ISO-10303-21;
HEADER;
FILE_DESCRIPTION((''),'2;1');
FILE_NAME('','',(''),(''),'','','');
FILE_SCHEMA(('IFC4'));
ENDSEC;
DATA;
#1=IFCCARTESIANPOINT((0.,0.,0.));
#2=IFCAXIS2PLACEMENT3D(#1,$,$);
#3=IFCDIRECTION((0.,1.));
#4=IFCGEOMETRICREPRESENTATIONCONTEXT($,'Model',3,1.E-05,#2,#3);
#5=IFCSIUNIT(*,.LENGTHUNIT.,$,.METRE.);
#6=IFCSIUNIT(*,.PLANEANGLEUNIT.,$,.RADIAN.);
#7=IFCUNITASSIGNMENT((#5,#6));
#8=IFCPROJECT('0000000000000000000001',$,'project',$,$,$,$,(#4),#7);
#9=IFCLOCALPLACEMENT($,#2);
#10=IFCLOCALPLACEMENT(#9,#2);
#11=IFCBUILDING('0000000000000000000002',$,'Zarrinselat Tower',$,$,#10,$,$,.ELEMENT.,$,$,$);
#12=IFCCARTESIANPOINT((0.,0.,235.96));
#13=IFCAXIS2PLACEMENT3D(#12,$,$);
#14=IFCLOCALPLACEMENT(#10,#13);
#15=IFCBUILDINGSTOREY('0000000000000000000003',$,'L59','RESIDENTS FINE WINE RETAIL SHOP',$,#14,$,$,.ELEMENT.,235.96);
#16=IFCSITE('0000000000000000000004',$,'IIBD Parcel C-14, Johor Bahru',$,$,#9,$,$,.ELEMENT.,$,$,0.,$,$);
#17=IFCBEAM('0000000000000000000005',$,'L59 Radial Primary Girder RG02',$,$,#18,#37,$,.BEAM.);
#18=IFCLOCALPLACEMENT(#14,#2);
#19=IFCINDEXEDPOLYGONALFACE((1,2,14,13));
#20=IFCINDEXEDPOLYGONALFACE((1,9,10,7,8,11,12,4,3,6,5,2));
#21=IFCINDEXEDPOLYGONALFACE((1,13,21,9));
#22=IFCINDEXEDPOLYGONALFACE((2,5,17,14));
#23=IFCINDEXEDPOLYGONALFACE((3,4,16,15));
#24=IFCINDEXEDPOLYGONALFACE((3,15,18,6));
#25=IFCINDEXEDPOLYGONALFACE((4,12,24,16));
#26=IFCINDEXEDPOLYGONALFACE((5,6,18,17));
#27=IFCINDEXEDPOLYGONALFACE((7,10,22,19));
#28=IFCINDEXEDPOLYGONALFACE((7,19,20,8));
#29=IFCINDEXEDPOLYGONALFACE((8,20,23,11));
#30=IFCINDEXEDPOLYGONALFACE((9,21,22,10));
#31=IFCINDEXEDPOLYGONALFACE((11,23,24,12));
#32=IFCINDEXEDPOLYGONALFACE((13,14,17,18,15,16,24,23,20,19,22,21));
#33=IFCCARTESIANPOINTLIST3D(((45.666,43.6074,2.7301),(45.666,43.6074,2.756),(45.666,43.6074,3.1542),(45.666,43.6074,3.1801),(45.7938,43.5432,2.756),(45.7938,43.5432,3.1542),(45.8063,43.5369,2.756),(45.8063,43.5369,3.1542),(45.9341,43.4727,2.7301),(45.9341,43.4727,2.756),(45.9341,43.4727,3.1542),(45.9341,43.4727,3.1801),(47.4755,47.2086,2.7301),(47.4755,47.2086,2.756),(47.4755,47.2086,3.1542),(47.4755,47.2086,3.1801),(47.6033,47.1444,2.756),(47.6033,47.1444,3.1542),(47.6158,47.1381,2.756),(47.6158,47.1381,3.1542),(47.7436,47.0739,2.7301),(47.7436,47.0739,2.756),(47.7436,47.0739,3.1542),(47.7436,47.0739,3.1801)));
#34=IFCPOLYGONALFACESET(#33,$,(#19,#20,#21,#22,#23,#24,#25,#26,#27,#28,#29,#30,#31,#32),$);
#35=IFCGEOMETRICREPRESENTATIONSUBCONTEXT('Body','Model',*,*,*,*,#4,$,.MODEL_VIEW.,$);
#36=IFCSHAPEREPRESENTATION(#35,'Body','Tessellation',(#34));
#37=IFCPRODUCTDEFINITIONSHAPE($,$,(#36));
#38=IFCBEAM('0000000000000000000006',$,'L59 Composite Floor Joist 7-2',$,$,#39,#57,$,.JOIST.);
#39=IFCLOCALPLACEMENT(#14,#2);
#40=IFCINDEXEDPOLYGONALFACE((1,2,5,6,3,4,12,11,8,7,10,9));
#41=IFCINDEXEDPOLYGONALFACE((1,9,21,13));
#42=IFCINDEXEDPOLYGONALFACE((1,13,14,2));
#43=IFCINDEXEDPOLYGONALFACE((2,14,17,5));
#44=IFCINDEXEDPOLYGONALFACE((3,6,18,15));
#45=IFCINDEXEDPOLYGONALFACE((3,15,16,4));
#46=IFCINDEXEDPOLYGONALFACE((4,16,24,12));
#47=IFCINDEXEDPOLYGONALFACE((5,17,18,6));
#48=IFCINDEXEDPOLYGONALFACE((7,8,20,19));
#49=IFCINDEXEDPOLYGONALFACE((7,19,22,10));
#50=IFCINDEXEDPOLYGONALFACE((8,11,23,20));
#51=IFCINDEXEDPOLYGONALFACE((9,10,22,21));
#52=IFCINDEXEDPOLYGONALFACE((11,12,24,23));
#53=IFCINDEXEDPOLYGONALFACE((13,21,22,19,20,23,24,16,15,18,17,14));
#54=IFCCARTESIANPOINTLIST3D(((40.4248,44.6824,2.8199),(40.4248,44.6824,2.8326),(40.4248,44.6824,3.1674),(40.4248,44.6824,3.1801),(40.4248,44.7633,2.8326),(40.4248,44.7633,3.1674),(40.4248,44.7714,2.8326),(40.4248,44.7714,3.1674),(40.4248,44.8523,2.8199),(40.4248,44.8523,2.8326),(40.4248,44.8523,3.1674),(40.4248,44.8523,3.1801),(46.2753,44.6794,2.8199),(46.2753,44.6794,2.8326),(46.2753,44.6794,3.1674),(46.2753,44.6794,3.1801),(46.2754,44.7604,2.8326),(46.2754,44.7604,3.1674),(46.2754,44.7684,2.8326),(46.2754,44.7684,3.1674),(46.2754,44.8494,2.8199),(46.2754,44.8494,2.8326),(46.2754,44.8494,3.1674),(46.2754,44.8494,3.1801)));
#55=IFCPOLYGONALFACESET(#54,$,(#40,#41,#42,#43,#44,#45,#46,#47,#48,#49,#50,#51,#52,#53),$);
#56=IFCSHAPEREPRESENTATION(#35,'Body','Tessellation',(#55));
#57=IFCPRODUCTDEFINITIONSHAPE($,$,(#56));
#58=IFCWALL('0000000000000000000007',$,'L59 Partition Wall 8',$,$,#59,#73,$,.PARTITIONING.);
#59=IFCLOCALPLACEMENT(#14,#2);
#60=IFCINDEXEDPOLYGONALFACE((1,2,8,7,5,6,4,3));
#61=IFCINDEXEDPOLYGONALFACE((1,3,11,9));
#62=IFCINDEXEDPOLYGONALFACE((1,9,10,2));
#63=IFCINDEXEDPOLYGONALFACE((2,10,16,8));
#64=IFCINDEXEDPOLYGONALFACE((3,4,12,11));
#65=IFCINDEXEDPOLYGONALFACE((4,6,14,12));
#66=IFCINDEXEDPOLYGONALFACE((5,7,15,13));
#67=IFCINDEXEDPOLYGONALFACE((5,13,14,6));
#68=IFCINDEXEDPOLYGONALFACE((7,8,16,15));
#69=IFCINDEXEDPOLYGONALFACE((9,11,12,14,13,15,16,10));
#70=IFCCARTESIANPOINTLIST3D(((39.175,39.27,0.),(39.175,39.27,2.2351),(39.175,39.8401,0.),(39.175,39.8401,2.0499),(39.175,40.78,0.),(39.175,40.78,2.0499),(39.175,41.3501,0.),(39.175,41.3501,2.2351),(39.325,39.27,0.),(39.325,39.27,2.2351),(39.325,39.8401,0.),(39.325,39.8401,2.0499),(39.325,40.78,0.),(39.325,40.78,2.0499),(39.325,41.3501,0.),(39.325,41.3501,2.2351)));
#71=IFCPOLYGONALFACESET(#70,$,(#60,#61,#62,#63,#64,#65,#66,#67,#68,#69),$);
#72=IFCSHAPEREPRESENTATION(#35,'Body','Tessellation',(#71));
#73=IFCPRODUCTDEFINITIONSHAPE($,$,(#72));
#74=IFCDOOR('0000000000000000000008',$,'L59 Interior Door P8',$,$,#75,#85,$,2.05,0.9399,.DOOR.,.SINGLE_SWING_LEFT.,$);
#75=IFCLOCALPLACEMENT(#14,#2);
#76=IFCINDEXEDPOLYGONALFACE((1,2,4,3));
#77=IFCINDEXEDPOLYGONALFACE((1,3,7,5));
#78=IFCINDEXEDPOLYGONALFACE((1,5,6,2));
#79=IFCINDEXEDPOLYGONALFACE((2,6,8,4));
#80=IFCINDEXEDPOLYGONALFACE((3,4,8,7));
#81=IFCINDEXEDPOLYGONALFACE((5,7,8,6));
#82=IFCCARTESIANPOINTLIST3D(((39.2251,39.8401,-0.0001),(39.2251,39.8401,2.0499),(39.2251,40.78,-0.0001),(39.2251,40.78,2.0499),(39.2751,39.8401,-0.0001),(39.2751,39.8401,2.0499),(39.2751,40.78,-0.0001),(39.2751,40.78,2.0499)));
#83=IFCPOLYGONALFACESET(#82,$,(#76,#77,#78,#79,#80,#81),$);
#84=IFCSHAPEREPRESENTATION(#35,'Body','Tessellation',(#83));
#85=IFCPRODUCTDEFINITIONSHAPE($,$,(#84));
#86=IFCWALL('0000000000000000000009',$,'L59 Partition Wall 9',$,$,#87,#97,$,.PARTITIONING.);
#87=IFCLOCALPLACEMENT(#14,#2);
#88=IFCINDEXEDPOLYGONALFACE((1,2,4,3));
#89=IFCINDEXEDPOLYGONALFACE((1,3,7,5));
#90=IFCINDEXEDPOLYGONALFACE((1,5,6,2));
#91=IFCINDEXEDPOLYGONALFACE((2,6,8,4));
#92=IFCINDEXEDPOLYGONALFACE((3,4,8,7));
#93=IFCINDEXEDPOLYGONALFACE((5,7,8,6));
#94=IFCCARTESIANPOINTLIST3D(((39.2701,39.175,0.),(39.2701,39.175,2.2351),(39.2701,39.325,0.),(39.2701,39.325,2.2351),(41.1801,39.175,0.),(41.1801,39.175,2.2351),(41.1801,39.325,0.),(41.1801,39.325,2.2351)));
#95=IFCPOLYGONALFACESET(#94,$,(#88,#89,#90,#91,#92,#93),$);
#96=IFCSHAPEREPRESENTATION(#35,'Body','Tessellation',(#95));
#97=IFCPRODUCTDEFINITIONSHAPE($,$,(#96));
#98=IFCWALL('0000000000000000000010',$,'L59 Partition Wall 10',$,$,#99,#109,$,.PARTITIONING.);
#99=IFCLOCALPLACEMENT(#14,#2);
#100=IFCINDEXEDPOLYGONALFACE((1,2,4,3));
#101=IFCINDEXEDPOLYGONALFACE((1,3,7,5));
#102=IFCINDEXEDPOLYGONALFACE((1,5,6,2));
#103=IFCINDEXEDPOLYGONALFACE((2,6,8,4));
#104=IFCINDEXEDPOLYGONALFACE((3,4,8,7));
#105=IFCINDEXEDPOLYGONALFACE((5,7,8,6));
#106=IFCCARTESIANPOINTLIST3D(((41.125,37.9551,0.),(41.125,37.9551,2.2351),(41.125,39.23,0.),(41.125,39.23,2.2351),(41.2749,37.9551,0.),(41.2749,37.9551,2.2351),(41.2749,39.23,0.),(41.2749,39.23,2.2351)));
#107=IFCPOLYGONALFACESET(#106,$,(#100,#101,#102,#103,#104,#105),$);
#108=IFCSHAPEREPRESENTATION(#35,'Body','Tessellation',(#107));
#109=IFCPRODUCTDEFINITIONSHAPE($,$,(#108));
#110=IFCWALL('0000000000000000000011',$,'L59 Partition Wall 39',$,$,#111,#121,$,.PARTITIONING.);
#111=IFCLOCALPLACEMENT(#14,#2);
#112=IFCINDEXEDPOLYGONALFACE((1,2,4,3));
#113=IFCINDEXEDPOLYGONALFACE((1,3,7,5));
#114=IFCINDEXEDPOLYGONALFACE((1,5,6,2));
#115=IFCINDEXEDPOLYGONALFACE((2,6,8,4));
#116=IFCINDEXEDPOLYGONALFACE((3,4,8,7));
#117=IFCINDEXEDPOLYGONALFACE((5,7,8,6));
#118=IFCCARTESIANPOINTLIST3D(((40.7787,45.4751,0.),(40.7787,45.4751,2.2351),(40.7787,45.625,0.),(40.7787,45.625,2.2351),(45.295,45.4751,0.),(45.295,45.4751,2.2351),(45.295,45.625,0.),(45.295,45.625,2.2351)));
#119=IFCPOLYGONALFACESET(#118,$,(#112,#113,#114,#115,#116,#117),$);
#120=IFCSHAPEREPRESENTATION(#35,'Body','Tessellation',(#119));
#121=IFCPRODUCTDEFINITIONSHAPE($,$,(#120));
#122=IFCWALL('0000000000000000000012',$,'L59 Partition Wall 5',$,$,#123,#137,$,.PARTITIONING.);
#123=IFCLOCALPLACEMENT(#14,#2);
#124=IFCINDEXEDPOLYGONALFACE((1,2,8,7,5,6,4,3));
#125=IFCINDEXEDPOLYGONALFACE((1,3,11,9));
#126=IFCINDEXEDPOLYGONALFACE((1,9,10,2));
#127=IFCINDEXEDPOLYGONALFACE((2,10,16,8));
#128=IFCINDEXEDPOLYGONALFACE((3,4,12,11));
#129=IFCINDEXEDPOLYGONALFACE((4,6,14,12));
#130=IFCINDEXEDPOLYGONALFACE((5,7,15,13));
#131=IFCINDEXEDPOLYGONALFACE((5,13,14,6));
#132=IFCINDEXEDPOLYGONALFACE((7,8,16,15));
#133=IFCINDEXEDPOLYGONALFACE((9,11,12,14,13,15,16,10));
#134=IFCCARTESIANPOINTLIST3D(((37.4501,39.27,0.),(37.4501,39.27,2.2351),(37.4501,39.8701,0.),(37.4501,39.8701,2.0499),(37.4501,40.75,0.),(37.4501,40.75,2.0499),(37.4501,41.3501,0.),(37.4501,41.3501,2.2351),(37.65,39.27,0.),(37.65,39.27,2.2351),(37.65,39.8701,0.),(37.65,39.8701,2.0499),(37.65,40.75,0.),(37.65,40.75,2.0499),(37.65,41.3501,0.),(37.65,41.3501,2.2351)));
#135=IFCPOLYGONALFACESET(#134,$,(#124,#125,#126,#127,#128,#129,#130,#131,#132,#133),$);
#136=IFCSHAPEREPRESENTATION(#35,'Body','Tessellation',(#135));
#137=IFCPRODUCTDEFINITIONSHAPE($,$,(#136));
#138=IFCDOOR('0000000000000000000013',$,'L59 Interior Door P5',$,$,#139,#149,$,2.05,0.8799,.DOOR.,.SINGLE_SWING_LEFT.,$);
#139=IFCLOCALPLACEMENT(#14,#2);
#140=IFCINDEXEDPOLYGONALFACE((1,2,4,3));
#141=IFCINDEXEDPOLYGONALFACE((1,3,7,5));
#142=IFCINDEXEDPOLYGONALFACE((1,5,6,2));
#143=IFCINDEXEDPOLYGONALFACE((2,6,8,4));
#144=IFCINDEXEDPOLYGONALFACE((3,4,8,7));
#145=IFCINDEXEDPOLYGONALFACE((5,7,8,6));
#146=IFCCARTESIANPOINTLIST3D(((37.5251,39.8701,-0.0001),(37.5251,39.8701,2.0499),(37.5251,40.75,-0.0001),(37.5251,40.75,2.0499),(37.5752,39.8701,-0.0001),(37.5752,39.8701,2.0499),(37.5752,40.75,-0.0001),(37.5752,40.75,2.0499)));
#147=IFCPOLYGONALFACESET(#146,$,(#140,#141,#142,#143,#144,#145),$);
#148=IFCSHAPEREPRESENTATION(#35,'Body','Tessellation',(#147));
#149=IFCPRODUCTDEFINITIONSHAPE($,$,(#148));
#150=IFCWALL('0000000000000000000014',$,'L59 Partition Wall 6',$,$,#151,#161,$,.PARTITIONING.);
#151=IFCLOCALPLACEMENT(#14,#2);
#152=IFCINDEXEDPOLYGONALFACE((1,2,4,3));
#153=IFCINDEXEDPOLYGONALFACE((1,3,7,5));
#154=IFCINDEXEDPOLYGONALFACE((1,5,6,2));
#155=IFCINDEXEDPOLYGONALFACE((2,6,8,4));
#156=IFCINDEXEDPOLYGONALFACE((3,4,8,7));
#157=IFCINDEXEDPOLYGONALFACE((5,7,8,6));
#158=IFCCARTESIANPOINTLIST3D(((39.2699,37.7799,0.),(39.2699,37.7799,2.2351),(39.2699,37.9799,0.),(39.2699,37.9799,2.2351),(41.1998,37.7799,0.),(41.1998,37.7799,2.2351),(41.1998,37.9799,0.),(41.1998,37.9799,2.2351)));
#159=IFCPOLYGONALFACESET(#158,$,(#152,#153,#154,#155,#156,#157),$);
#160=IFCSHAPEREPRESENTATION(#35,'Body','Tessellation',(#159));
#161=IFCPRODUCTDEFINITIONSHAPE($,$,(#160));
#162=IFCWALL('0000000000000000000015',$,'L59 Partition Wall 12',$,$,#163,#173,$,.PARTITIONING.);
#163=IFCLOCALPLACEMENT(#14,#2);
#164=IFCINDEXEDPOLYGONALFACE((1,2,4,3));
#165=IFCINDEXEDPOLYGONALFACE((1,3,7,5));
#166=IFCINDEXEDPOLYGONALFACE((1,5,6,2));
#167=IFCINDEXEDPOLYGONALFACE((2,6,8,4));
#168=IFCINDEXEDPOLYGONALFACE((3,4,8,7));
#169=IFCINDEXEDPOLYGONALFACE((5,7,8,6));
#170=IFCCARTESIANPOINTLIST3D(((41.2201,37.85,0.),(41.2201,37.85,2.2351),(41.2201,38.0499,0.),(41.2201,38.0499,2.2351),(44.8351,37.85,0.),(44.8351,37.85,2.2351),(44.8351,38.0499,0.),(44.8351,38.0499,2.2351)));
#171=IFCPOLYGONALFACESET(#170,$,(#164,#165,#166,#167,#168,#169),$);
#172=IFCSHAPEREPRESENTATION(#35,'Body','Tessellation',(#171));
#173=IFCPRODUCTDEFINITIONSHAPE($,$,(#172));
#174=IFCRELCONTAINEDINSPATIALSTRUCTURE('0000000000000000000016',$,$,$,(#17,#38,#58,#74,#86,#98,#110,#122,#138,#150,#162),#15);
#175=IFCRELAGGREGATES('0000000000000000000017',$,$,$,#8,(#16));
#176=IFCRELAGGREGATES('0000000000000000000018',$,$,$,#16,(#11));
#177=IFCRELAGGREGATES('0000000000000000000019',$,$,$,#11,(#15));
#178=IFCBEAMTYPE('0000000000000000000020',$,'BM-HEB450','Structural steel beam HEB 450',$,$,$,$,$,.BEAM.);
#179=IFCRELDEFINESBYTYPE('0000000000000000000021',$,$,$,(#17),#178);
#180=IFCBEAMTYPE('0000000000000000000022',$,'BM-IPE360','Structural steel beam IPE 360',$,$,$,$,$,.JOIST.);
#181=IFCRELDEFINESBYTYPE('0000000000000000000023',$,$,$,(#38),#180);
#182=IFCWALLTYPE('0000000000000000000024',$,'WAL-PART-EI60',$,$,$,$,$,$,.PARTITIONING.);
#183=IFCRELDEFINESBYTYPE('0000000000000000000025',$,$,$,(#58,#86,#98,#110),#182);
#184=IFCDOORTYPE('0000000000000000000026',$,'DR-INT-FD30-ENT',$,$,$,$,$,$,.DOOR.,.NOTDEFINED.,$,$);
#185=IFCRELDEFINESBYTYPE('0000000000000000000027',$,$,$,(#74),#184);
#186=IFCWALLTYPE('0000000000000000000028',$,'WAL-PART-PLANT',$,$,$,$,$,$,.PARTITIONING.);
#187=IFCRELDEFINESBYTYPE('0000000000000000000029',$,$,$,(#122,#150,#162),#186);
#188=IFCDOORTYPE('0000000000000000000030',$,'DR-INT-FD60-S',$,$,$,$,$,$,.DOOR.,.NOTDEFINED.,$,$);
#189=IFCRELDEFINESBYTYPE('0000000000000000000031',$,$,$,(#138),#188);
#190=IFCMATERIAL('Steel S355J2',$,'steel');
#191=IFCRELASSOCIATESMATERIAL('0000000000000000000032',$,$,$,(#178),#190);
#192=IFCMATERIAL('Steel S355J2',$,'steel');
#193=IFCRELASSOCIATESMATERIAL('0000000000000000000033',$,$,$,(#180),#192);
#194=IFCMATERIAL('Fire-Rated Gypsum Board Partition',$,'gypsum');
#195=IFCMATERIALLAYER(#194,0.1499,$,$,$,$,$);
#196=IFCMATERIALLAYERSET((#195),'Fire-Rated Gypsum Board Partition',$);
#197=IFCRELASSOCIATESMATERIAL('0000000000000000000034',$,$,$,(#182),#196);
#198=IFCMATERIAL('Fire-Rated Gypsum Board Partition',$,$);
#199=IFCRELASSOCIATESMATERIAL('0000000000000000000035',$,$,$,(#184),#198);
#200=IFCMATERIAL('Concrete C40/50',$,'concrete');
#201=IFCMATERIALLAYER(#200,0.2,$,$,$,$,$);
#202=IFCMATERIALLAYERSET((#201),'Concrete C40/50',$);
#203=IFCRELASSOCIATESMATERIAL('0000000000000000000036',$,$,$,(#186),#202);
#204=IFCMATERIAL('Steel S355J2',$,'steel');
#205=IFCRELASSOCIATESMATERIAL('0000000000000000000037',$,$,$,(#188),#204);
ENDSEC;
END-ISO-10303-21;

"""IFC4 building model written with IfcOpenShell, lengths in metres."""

from ifc_helpers import new_model, si_unit, direction, frame, frame_2d, origin, origin_2d, place, context, subcontext, project, spatial, rectangle, i_section, extrude, material, layer, layer_set, material_profile, profile_set, type_object, element, fill, save


model = new_model("IFC4")

# Units and contexts
model_context = context("Model", 3, precision=1e-05, world=origin(), true_north=direction((0.0, 1.0)))
body_context = subcontext(model_context, "Body", "Model", "MODEL_VIEW")
ifc_project = project(units=[si_unit("LENGTHUNIT", "METRE"), si_unit("PLANEANGLEUNIT", "RADIAN")], contexts=[model_context])

# Site, building, storey
site_placement = place(None, origin())
site = spatial("IfcSite", under=ifc_project, at=site_placement, Name="IIBD Parcel C-14, Johor Bahru", CompositionType="ELEMENT", RefElevation=0.0)
building_placement = place(site_placement, origin())
building = spatial("IfcBuilding", under=site, at=building_placement, Name="Zarrinselat Tower", CompositionType="ELEMENT")
storey_placement = place(building_placement, frame((0.0, 0.0, 235.96)))
storey = spatial("IfcBuildingStorey", under=building, at=storey_placement, Name="L59", Description="RESIDENTS FINE WINE RETAIL SHOP", CompositionType="ELEMENT", Elevation=235.96)

# Beams
ifc_material_1 = material(Name="Steel S355J2", Category="steel")
ifc_material_profile_1 = material_profile(ifc_material_1, i_section(OverallWidth=0.3, OverallDepth=0.45, WebThickness=0.0139, FlangeThickness=0.0259, at=origin_2d()), Name="HEB 450")
ifc_profile_set_1 = profile_set([ifc_material_profile_1], Name="Steel S355J2")
beam_type_1 = type_object("IfcBeamType", Name="BM-HEB450", Description="Structural steel beam HEB 450", PredefinedType="BEAM", material=ifc_profile_set_1)
beam_1_placement = place(storey_placement, frame((45.8, 43.54, 2.9551), z_axis=(0.448982, 0.893541, 0.0), x_axis=(-0.893541, 0.448982, 0.0)))
element("IfcBeam", 1, at=beam_1_placement, inside=storey, type_object=beam_type_1, Name="L59 Radial Primary Girder RG02", PredefinedType="BEAM", context=body_context, shape_type="SweptSolid", body=[
    extrude(i_section(OverallWidth=0.3, OverallDepth=0.45, WebThickness=0.0139, FlangeThickness=0.0259, at=origin_2d()), origin(), (0.0, 0.0, 1.0), 4.0303),
])
ifc_material_2 = material(Name="Steel S355J2", Category="steel")
ifc_material_profile_2 = material_profile(ifc_material_2, i_section(OverallWidth=0.1699, OverallDepth=0.3601, WebThickness=0.0081, FlangeThickness=0.0127, at=origin_2d()), Name="IPE 360")
ifc_profile_set_2 = profile_set([ifc_material_profile_2], Name="Steel S355J2")
beam_type_2 = type_object("IfcBeamType", Name="BM-IPE360", Description="Structural steel beam IPE 360", PredefinedType="JOIST", material=ifc_profile_set_2)
beam_2_placement = place(storey_placement, frame((40.4248, 44.7673, 3.0), z_axis=(1.0, -0.000501, 0.0), x_axis=(0.000501, 1.0, 0.0)))
element("IfcBeam", 2, at=beam_2_placement, inside=storey, type_object=beam_type_2, Name="L59 Composite Floor Joist 7-2", PredefinedType="JOIST", context=body_context, shape_type="SweptSolid", body=[
    extrude(i_section(OverallWidth=0.1699, OverallDepth=0.3601, WebThickness=0.0081, FlangeThickness=0.0127, at=origin_2d()), origin(), (0.0, 0.0, 1.0), 5.8506),
])

# Wall, opening, door
ifc_material_3 = material(Name="Fire-Rated Gypsum Board Partition", Category="gypsum")
ifc_layer_1 = layer(ifc_material_3, 0.1499)
ifc_layer_set_1 = layer_set([ifc_layer_1], Name="Fire-Rated Gypsum Board Partition")
wall_type_1 = type_object("IfcWallType", Name="WAL-PART-EI60", PredefinedType="PARTITIONING", material=ifc_layer_set_1)
wall_1_placement = place(storey_placement, frame((39.25, 39.27, 0.0), z_axis=(0.0, 0.0, 1.0), x_axis=(0.0, 1.0, 0.0)))
wall_1 = element("IfcWall", 3, at=wall_1_placement, inside=storey, type_object=wall_type_1, Name="L59 Partition Wall 8", PredefinedType="PARTITIONING", context=body_context, shape_type="SweptSolid", body=[
    extrude(rectangle(XDim=2.0801, YDim=0.1499, at=frame_2d((1.04, 0.0))), origin(), (0.0, 0.0, 1.0), 2.2351),
])
opening_1_placement = place(wall_1_placement, frame((0.5701, 0.0, 0.0)))
opening_1 = element("IfcOpeningElement", 4, at=opening_1_placement, cuts=wall_1, PredefinedType="OPENING", context=body_context, shape_type="SweptSolid", body=[
    extrude(rectangle(XDim=0.9399, YDim=2.05, at=frame_2d((0.47, 1.0249))), frame((0.0, 0.085, 0.0), z_axis=(0.0, -1.0, 0.0), x_axis=(1.0, 0.0, 0.0)), (0.0, 0.0, 1.0), 0.1699),
])
ifc_material_4 = material(Name="Fire-Rated Gypsum Board Partition")
door_type_1 = type_object("IfcDoorType", Name="DR-INT-FD30-ENT", OperationType="NOTDEFINED", PredefinedType="DOOR", material=ifc_material_4)
door_1_placement = place(opening_1_placement, origin())
door_1 = element("IfcDoor", 5, at=door_1_placement, inside=storey, type_object=door_type_1, Name="L59 Interior Door P8", OperationType="SINGLE_SWING_LEFT", OverallHeight=2.05, OverallWidth=0.9399, PredefinedType="DOOR", context=body_context, shape_type="SweptSolid", body=[
    extrude(rectangle(XDim=0.9399, YDim=2.05, at=frame_2d((0.47, 1.0249))), frame((0.0, 0.0249, 0.0), z_axis=(0.0, -1.0, 0.0), x_axis=(1.0, 0.0, 0.0)), (0.0, 0.0, 1.0), 0.05),
])
fill(opening_1, door_1)

# Walls
wall_2_placement = place(storey_placement, frame((39.27, 39.25, 0.0), z_axis=(0.0, 0.0, 1.0), x_axis=(1.0, 0.0, 0.0)))
element("IfcWall", 6, at=wall_2_placement, inside=storey, type_object=wall_type_1, Name="L59 Partition Wall 9", PredefinedType="PARTITIONING", context=body_context, shape_type="SweptSolid", body=[
    extrude(rectangle(XDim=1.9099, YDim=0.1499, at=frame_2d((0.9551, 0.0))), origin(), (0.0, 0.0, 1.0), 2.2351),
])
wall_3_placement = place(storey_placement, frame((41.2, 37.9551, 0.0), z_axis=(0.0, 0.0, 1.0), x_axis=(0.0, 1.0, 0.0)))
element("IfcWall", 7, at=wall_3_placement, inside=storey, type_object=wall_type_1, Name="L59 Partition Wall 10", PredefinedType="PARTITIONING", context=body_context, shape_type="SweptSolid", body=[
    extrude(rectangle(XDim=1.2749, YDim=0.1499, at=frame_2d((0.6375, 0.0))), origin(), (0.0, 0.0, 1.0), 2.2351),
])
wall_4_placement = place(storey_placement, frame((40.7786, 45.55, 0.0), z_axis=(0.0, 0.0, 1.0), x_axis=(1.0, 0.0, 0.0)))
element("IfcWall", 8, at=wall_4_placement, inside=storey, type_object=wall_type_1, Name="L59 Partition Wall 39", PredefinedType="PARTITIONING", context=body_context, shape_type="SweptSolid", body=[
    extrude(rectangle(XDim=4.5164, YDim=0.1499, at=frame_2d((2.2583, 0.0))), origin(), (0.0, 0.0, 1.0), 2.2351),
])

# Wall, opening, door
ifc_material_5 = material(Name="Concrete C40/50", Category="concrete")
ifc_layer_2 = layer(ifc_material_5, 0.2)
ifc_layer_set_2 = layer_set([ifc_layer_2], Name="Concrete C40/50")
wall_type_2 = type_object("IfcWallType", Name="WAL-PART-PLANT", PredefinedType="PARTITIONING", material=ifc_layer_set_2)
wall_5_placement = place(storey_placement, frame((37.55, 39.27, 0.0), z_axis=(0.0, 0.0, 1.0), x_axis=(0.0, 1.0, 0.0)))
wall_5 = element("IfcWall", 9, at=wall_5_placement, inside=storey, type_object=wall_type_2, Name="L59 Partition Wall 5", PredefinedType="PARTITIONING", context=body_context, shape_type="SweptSolid", body=[
    extrude(rectangle(XDim=2.0801, YDim=0.2, at=frame_2d((1.04, 0.0))), origin(), (0.0, 0.0, 1.0), 2.2351),
])
opening_2_placement = place(wall_5_placement, frame((0.6001, 0.0, 0.0)))
opening_2 = element("IfcOpeningElement", 10, at=opening_2_placement, cuts=wall_5, PredefinedType="OPENING", context=body_context, shape_type="SweptSolid", body=[
    extrude(rectangle(XDim=0.8799, YDim=2.05, at=frame_2d((0.4399, 1.0249))), frame((0.0, 0.1099, 0.0), z_axis=(0.0, -1.0, 0.0), x_axis=(1.0, 0.0, 0.0)), (0.0, 0.0, 1.0), 0.22),
])
ifc_material_6 = material(Name="Steel S355J2", Category="steel")
door_type_2 = type_object("IfcDoorType", Name="DR-INT-FD60-S", OperationType="NOTDEFINED", PredefinedType="DOOR", material=ifc_material_6)
door_2_placement = place(opening_2_placement, origin())
door_2 = element("IfcDoor", 11, at=door_2_placement, inside=storey, type_object=door_type_2, Name="L59 Interior Door P5", OperationType="SINGLE_SWING_LEFT", OverallHeight=2.05, OverallWidth=0.8799, PredefinedType="DOOR", context=body_context, shape_type="SweptSolid", body=[
    extrude(rectangle(XDim=0.8799, YDim=2.05, at=frame_2d((0.4399, 1.0249))), frame((0.0, 0.0249, 0.0), z_axis=(0.0, -1.0, 0.0), x_axis=(1.0, 0.0, 0.0)), (0.0, 0.0, 1.0), 0.05),
])
fill(opening_2, door_2)

# Walls
wall_6_placement = place(storey_placement, frame((39.27, 37.8799, 0.0), z_axis=(0.0, 0.0, 1.0), x_axis=(1.0, 0.0, 0.0)))
element("IfcWall", 12, at=wall_6_placement, inside=storey, type_object=wall_type_2, Name="L59 Partition Wall 6", PredefinedType="PARTITIONING", context=body_context, shape_type="SweptSolid", body=[
    extrude(rectangle(XDim=1.9299, YDim=0.2, at=frame_2d((0.9648, 0.0))), origin(), (0.0, 0.0, 1.0), 2.2351),
])
wall_7_placement = place(storey_placement, frame((41.22, 37.95, 0.0), z_axis=(0.0, 0.0, 1.0), x_axis=(1.0, 0.0, 0.0)))
element("IfcWall", 13, at=wall_7_placement, inside=storey, type_object=wall_type_2, Name="L59 Partition Wall 12", PredefinedType="PARTITIONING", context=body_context, shape_type="SweptSolid", body=[
    extrude(rectangle(XDim=3.615, YDim=0.2, at=frame_2d((1.8076, 0.0))), origin(), (0.0, 0.0, 1.0), 2.2351),
])

save(model, "model.ifc")
